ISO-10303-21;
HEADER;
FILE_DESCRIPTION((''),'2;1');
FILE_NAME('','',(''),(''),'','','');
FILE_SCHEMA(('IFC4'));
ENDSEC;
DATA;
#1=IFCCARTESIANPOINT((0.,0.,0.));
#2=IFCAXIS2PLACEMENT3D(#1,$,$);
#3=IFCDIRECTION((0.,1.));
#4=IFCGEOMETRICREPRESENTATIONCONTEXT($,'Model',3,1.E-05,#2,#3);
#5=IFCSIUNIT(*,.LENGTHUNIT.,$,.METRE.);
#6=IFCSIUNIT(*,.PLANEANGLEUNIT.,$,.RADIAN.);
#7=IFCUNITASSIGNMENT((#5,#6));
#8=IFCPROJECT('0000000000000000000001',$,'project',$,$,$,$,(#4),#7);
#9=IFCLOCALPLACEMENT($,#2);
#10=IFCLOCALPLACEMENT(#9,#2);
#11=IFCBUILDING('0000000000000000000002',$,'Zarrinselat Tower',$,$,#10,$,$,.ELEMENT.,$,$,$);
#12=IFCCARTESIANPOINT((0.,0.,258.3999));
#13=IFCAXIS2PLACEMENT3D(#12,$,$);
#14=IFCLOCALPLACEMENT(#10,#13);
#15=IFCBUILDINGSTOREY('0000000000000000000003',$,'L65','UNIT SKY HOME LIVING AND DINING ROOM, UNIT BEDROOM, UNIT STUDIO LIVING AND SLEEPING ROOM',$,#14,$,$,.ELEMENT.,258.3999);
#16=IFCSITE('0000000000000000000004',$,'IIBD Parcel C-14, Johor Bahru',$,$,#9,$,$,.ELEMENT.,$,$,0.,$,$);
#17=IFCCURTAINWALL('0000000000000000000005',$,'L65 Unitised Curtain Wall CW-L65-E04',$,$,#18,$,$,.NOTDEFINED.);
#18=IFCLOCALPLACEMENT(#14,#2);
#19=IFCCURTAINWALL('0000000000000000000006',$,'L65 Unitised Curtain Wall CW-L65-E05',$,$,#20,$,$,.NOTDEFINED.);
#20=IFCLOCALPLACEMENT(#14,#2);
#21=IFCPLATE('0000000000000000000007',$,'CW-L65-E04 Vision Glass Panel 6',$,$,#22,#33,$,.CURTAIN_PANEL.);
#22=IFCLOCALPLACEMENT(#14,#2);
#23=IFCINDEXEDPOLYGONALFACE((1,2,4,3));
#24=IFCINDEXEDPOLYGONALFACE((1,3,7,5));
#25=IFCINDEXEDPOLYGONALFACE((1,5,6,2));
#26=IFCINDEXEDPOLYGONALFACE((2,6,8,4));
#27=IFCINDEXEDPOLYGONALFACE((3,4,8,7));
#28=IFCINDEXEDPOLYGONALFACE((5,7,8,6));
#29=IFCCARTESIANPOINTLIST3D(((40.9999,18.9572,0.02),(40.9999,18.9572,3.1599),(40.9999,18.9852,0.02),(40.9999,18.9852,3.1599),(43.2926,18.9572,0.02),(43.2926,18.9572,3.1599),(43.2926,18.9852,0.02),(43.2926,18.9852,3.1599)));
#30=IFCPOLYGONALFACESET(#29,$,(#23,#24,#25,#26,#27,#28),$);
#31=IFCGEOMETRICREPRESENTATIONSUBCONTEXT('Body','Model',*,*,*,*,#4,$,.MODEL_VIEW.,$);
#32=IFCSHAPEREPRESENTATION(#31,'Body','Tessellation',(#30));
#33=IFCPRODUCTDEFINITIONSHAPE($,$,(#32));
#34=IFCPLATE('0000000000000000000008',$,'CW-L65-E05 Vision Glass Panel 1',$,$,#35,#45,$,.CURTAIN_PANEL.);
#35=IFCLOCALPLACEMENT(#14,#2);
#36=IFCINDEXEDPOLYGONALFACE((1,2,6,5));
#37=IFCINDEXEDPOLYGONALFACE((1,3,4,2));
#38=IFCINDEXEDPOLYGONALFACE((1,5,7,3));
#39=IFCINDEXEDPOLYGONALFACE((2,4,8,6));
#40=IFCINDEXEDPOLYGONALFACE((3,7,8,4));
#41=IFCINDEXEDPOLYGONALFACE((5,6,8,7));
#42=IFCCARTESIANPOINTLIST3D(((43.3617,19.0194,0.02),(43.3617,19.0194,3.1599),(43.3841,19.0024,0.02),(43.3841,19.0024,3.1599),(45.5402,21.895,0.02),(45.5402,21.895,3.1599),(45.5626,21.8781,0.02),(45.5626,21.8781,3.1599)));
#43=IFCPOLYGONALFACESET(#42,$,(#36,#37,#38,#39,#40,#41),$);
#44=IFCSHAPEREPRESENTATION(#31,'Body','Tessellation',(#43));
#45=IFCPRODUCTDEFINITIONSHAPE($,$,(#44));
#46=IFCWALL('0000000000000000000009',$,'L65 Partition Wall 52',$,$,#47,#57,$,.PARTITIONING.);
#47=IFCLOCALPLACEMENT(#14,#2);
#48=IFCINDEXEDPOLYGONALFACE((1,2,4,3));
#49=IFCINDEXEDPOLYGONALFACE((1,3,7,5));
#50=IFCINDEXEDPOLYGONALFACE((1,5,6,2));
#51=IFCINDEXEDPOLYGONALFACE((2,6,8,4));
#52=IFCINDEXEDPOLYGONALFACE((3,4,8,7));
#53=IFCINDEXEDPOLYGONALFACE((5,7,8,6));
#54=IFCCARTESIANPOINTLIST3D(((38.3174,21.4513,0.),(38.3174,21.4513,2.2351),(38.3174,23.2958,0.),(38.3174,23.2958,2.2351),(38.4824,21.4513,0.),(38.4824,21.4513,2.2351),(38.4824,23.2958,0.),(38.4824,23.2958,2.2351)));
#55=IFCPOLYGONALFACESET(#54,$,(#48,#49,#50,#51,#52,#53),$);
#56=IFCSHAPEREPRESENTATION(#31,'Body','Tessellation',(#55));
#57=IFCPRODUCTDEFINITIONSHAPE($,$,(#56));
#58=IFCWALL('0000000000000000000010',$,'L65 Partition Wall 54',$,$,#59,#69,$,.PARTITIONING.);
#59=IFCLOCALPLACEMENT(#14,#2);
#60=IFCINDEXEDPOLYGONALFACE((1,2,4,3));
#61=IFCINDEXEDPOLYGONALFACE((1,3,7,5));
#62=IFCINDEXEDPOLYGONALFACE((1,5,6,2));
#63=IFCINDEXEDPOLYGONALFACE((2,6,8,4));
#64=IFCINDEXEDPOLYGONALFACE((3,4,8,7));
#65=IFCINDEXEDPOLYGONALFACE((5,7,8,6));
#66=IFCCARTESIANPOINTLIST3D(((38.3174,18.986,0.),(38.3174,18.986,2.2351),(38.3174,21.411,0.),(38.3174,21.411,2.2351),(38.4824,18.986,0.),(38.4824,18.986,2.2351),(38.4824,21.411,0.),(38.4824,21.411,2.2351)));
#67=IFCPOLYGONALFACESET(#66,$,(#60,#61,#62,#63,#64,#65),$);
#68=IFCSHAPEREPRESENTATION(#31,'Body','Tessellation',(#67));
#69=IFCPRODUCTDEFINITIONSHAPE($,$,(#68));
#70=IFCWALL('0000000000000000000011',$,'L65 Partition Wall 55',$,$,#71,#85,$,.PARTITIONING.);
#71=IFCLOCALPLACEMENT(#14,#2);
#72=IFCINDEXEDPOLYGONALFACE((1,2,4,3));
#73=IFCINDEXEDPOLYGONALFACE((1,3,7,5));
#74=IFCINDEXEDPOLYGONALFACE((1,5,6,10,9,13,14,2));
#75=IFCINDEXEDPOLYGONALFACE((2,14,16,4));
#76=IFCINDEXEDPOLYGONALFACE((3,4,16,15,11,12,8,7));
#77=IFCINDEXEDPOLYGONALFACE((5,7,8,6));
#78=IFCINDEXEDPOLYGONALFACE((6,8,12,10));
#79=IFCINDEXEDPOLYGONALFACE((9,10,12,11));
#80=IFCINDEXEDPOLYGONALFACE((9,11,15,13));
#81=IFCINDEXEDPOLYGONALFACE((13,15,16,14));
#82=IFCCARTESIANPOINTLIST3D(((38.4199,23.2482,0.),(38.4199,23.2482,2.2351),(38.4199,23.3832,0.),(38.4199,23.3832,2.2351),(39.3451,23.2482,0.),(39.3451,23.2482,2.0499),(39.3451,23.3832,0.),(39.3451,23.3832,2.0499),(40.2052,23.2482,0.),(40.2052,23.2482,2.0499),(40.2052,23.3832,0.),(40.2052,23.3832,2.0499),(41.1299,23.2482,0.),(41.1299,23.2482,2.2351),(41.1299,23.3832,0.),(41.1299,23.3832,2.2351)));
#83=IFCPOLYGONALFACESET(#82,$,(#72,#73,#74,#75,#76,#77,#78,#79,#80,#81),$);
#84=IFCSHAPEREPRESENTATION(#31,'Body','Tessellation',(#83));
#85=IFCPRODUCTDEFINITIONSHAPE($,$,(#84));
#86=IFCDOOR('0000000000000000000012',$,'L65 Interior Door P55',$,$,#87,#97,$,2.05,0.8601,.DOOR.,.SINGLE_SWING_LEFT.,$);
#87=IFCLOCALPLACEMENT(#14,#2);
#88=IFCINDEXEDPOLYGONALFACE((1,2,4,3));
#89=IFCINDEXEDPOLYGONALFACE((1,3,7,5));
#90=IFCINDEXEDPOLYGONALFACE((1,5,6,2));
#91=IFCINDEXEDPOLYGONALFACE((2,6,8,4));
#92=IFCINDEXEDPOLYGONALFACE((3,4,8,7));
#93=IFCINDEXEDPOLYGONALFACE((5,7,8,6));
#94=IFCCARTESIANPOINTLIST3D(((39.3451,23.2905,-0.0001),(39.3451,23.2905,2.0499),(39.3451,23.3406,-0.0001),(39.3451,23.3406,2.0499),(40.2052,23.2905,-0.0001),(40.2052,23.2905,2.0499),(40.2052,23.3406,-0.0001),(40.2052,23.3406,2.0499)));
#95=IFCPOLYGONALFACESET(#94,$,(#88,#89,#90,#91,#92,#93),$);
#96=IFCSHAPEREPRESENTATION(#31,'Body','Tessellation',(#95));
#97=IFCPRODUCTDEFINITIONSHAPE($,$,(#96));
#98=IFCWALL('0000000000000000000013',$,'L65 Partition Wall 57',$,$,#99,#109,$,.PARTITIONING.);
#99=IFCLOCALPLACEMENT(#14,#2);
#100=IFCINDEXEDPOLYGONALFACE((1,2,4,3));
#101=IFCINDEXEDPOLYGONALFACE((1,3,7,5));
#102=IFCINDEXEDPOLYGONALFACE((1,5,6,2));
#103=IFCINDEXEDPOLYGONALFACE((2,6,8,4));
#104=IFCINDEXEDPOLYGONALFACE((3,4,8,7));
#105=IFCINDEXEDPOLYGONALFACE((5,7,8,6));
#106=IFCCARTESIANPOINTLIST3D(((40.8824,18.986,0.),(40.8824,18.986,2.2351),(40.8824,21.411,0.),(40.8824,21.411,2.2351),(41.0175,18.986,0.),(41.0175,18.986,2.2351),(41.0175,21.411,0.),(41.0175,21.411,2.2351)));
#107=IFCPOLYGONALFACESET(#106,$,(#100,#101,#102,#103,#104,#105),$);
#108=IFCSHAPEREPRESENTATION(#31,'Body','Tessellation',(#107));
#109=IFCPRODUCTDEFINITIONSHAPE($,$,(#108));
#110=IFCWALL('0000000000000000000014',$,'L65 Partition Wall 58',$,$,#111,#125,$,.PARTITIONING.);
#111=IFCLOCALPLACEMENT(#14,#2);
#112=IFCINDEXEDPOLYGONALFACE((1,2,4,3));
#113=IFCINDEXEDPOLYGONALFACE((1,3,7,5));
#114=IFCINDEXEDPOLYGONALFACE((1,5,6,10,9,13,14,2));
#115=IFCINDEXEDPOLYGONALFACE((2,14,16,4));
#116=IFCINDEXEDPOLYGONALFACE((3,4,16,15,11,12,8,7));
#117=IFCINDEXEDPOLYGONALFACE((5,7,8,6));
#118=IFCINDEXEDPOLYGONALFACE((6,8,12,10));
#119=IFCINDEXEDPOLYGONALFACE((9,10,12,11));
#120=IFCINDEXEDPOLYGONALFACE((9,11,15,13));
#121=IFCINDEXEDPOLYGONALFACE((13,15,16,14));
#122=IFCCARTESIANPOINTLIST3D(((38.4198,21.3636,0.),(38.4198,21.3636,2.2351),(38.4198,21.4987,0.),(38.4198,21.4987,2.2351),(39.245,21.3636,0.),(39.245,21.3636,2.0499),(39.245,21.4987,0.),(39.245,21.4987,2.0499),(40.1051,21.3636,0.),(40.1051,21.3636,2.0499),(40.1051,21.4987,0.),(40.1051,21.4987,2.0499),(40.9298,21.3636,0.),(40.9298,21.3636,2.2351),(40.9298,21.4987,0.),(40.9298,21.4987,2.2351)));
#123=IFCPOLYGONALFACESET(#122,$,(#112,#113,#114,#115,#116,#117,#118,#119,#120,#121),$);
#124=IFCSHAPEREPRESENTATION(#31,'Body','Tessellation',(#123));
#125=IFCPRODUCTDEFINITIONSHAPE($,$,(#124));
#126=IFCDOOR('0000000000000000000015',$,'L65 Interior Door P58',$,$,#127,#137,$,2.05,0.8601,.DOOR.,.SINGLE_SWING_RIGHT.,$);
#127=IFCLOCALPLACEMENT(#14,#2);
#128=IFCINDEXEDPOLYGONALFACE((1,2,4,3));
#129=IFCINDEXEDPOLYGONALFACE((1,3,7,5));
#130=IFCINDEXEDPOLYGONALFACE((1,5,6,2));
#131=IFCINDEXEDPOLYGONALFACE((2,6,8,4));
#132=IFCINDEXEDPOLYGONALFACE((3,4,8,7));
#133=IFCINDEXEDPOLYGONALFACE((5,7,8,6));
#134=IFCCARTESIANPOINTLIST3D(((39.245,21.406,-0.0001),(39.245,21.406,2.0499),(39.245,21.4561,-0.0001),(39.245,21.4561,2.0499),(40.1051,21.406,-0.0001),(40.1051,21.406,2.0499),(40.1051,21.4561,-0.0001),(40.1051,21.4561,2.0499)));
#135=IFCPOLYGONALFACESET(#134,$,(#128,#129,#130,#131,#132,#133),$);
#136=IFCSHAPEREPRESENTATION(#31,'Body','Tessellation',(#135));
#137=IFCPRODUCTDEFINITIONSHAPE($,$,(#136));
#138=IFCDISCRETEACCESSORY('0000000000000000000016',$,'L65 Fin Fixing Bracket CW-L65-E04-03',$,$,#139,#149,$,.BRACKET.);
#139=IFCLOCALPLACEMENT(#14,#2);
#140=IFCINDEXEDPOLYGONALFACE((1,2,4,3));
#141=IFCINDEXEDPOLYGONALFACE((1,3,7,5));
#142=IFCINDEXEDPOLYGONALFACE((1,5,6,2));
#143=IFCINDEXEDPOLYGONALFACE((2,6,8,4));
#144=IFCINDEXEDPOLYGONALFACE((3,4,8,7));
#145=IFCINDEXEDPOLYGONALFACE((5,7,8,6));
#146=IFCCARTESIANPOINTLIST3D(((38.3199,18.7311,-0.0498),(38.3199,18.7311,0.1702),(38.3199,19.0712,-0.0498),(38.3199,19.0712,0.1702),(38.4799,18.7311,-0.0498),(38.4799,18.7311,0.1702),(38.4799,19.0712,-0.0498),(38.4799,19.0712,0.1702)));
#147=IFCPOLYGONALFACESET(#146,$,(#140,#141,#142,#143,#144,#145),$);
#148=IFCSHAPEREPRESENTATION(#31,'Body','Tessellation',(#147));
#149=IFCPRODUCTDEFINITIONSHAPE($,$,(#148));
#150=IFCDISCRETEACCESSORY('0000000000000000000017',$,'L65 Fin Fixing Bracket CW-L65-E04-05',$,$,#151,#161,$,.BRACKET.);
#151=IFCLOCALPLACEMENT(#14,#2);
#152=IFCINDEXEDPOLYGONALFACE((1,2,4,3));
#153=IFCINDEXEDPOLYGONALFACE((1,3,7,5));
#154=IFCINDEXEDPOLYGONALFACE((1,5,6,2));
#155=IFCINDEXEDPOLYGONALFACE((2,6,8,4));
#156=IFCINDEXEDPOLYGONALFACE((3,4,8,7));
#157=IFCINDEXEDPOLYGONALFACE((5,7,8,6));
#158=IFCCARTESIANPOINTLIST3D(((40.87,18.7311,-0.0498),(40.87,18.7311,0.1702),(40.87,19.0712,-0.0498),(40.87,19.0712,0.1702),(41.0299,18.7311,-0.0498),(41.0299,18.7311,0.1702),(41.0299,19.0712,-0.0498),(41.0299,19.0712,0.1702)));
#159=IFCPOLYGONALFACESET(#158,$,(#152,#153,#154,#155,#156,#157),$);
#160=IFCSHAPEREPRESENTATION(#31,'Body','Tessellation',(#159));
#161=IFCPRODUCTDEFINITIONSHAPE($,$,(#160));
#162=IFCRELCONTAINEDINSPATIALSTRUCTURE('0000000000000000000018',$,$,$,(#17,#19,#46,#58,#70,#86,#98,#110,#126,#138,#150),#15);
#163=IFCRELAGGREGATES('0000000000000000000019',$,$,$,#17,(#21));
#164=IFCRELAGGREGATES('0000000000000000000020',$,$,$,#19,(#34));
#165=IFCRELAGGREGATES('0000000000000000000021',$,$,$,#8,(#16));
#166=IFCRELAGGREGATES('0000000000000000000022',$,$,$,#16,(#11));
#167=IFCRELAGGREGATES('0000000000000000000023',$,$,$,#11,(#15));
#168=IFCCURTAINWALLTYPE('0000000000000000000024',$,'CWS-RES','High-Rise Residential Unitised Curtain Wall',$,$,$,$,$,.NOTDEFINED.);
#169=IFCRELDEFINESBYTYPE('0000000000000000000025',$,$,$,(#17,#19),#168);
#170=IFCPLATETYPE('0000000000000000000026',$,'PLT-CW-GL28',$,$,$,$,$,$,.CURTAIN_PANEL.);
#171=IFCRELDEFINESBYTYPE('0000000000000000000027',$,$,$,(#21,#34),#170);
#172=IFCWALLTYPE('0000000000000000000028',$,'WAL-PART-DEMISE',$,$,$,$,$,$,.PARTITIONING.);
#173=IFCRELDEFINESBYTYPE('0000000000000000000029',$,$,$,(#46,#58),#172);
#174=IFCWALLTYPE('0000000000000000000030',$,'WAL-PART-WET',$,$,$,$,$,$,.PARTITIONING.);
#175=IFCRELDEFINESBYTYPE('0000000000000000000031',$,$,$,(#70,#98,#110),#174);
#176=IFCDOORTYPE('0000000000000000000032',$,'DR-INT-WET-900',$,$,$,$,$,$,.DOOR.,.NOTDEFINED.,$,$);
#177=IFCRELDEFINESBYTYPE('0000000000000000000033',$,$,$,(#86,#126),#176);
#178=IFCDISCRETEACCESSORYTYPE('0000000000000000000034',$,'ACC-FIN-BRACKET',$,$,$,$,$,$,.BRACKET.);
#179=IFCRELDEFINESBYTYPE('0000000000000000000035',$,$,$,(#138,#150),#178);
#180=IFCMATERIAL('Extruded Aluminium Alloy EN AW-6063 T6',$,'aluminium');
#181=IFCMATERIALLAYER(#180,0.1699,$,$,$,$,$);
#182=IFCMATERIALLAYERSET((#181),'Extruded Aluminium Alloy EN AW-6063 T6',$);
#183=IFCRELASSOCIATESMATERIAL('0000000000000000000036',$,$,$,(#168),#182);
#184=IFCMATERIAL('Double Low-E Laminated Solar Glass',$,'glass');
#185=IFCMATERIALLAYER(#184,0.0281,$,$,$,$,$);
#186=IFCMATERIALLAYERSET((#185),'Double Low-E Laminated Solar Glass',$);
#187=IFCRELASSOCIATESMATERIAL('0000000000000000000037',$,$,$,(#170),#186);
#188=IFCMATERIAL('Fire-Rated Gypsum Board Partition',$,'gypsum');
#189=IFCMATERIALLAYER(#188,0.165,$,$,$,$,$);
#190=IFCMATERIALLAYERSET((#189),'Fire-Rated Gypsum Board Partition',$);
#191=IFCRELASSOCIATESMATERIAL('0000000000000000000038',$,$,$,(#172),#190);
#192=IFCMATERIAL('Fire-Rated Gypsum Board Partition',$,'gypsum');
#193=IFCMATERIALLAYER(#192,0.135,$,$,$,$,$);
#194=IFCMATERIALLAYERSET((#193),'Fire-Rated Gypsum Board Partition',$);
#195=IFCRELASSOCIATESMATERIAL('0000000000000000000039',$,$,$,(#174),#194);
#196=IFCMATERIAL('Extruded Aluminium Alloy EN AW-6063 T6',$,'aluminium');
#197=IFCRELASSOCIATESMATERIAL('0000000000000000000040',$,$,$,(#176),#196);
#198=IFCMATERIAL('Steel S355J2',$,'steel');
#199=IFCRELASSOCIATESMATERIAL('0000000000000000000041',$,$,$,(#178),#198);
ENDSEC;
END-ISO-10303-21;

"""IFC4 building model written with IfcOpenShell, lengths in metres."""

from ifc_helpers import new_model, si_unit, direction, frame, frame_2d, origin, origin_2d, place, context, subcontext, project, spatial, rectangle, extrude, material, layer, layer_set, type_object, element, fill, aggregate, save


model = new_model("IFC4")

# Units and contexts
model_context = context("Model", 3, precision=1e-05, world=origin(), true_north=direction((0.0, 1.0)))
body_context = subcontext(model_context, "Body", "Model", "MODEL_VIEW")
ifc_project = project(units=[si_unit("LENGTHUNIT", "METRE"), si_unit("PLANEANGLEUNIT", "RADIAN")], contexts=[model_context])

# Site, building, storey
site_placement = place(None, origin())
site = spatial("IfcSite", under=ifc_project, at=site_placement, Name="IIBD Parcel C-14, Johor Bahru", CompositionType="ELEMENT", RefElevation=0.0)
building_placement = place(site_placement, origin())
building = spatial("IfcBuilding", under=site, at=building_placement, Name="Zarrinselat Tower", CompositionType="ELEMENT")
storey_placement = place(building_placement, frame((0.0, 0.0, 258.3999)))
storey = spatial("IfcBuildingStorey", under=building, at=storey_placement, Name="L65", Description="UNIT SKY HOME LIVING AND DINING ROOM, UNIT BEDROOM, UNIT STUDIO LIVING AND SLEEPING ROOM", CompositionType="ELEMENT", Elevation=258.3999)

# Curtain wall
ifc_material_1 = material(Name="Extruded Aluminium Alloy EN AW-6063 T6", Category="aluminium")
ifc_layer_1 = layer(ifc_material_1, 0.1699)
ifc_layer_set_1 = layer_set([ifc_layer_1], Name="Extruded Aluminium Alloy EN AW-6063 T6")
curtain_wall_type = type_object("IfcCurtainWallType", Name="CWS-RES", Description="High-Rise Residential Unitised Curtain Wall", PredefinedType="NOTDEFINED", material=ifc_layer_set_1)
curtain_wall_1_placement = place(storey_placement, origin())
curtain_wall_1 = element("IfcCurtainWall", 1, at=curtain_wall_1_placement, inside=storey, type_object=curtain_wall_type, Name="L65 Unitised Curtain Wall CW-L65-E04", PredefinedType="NOTDEFINED")

# Curtain wall
curtain_wall_2_placement = place(storey_placement, origin())
curtain_wall_2 = element("IfcCurtainWall", 2, at=curtain_wall_2_placement, inside=storey, type_object=curtain_wall_type, Name="L65 Unitised Curtain Wall CW-L65-E05", PredefinedType="NOTDEFINED")

# Plates
ifc_material_2 = material(Name="Double Low-E Laminated Solar Glass", Category="glass")
ifc_layer_2 = layer(ifc_material_2, 0.0281)
ifc_layer_set_2 = layer_set([ifc_layer_2], Name="Double Low-E Laminated Solar Glass")
plate_type = type_object("IfcPlateType", Name="PLT-CW-GL28", PredefinedType="CURTAIN_PANEL", material=ifc_layer_set_2)
plate_1_placement = place(storey_placement, frame((42.1462, 18.9712, 0.02), z_axis=(0.0, 0.0, 1.0), x_axis=(1.0, 0.0, 0.0)))
plate_1 = element("IfcPlate", 3, at=plate_1_placement, type_object=plate_type, Name="CW-L65-E04 Vision Glass Panel 6", PredefinedType="CURTAIN_PANEL", context=body_context, shape_type="SweptSolid", body=[
    extrude(rectangle(XDim=2.2927, YDim=0.0281, at=origin_2d()), origin(), (0.0, 0.0, 1.0), 3.1399),
])
aggregate(curtain_wall_1, [plate_1])
plate_2_placement = place(storey_placement, frame((44.4622, 20.4487, 0.02), z_axis=(0.0, 0.0, 1.0), x_axis=(0.60386, 0.797091, 0.0)))
plate_2 = element("IfcPlate", 4, at=plate_2_placement, type_object=plate_type, Name="CW-L65-E05 Vision Glass Panel 1", PredefinedType="CURTAIN_PANEL", context=body_context, shape_type="SweptSolid", body=[
    extrude(rectangle(XDim=3.6077, YDim=0.0281, at=origin_2d()), origin(), (0.0, 0.0, 1.0), 3.1399),
])
aggregate(curtain_wall_2, [plate_2])

# Walls
ifc_material_3 = material(Name="Fire-Rated Gypsum Board Partition", Category="gypsum")
ifc_layer_3 = layer(ifc_material_3, 0.165)
ifc_layer_set_3 = layer_set([ifc_layer_3], Name="Fire-Rated Gypsum Board Partition")
wall_type_1 = type_object("IfcWallType", Name="WAL-PART-DEMISE", PredefinedType="PARTITIONING", material=ifc_layer_set_3)
wall_1_placement = place(storey_placement, frame((38.3999, 21.4512, 0.0), z_axis=(0.0, 0.0, 1.0), x_axis=(0.0, 1.0, 0.0)))
element("IfcWall", 5, at=wall_1_placement, inside=storey, type_object=wall_type_1, Name="L65 Partition Wall 52", PredefinedType="PARTITIONING", context=body_context, shape_type="SweptSolid", body=[
    extrude(rectangle(XDim=1.8445, YDim=0.165, at=frame_2d((0.9224, 0.0))), origin(), (0.0, 0.0, 1.0), 2.2351),
])
wall_2_placement = place(storey_placement, frame((38.3999, 18.9861, 0.0), z_axis=(0.0, 0.0, 1.0), x_axis=(0.0, 1.0, 0.0)))
element("IfcWall", 6, at=wall_2_placement, inside=storey, type_object=wall_type_1, Name="L65 Partition Wall 54", PredefinedType="PARTITIONING", context=body_context, shape_type="SweptSolid", body=[
    extrude(rectangle(XDim=2.425, YDim=0.165, at=frame_2d((1.2124, 0.0))), origin(), (0.0, 0.0, 1.0), 2.2351),
])

# Wall, opening, door
ifc_material_4 = material(Name="Fire-Rated Gypsum Board Partition", Category="gypsum")
ifc_layer_4 = layer(ifc_material_4, 0.135)
ifc_layer_set_4 = layer_set([ifc_layer_4], Name="Fire-Rated Gypsum Board Partition")
wall_type_2 = type_object("IfcWallType", Name="WAL-PART-WET", PredefinedType="PARTITIONING", material=ifc_layer_set_4)
wall_3_placement = place(storey_placement, frame((38.4199, 23.3157, 0.0), z_axis=(0.0, 0.0, 1.0), x_axis=(1.0, 0.0, 0.0)))
wall_3 = element("IfcWall", 7, at=wall_3_placement, inside=storey, type_object=wall_type_2, Name="L65 Partition Wall 55", PredefinedType="PARTITIONING", context=body_context, shape_type="SweptSolid", body=[
    extrude(rectangle(XDim=2.71, YDim=0.135, at=frame_2d((1.355, 0.0))), origin(), (0.0, 0.0, 1.0), 2.2351),
])
opening_1_placement = place(wall_3_placement, frame((0.925, 0.0, 0.0)))
opening_1 = element("IfcOpeningElement", 8, at=opening_1_placement, cuts=wall_3, PredefinedType="OPENING", context=body_context, shape_type="SweptSolid", body=[
    extrude(rectangle(XDim=0.8601, YDim=2.05, at=frame_2d((0.4302, 1.0249))), frame((0.0, 0.0774, 0.0), z_axis=(0.0, -1.0, 0.0), x_axis=(1.0, 0.0, 0.0)), (0.0, 0.0, 1.0), 0.155),
])
ifc_material_5 = material(Name="Extruded Aluminium Alloy EN AW-6063 T6", Category="aluminium")
door_type = type_object("IfcDoorType", Name="DR-INT-WET-900", OperationType="NOTDEFINED", PredefinedType="DOOR", material=ifc_material_5)
door_1_placement = place(opening_1_placement, origin())
door_1 = element("IfcDoor", 9, at=door_1_placement, inside=storey, type_object=door_type, Name="L65 Interior Door P55", OperationType="SINGLE_SWING_LEFT", OverallHeight=2.05, OverallWidth=0.8601, PredefinedType="DOOR", context=body_context, shape_type="SweptSolid", body=[
    extrude(rectangle(XDim=0.8601, YDim=2.05, at=frame_2d((0.4302, 1.0249))), frame((0.0, 0.0249, 0.0), z_axis=(0.0, -1.0, 0.0), x_axis=(1.0, 0.0, 0.0)), (0.0, 0.0, 1.0), 0.05),
])
fill(opening_1, door_1)

# Wall
wall_4_placement = place(storey_placement, frame((40.95, 18.9861, 0.0), z_axis=(0.0, 0.0, 1.0), x_axis=(0.0, 1.0, 0.0)))
element("IfcWall", 10, at=wall_4_placement, inside=storey, type_object=wall_type_2, Name="L65 Partition Wall 57", PredefinedType="PARTITIONING", context=body_context, shape_type="SweptSolid", body=[
    extrude(rectangle(XDim=2.425, YDim=0.135, at=frame_2d((1.2124, 0.0))), origin(), (0.0, 0.0, 1.0), 2.2351),
])

# Wall, opening, door
wall_5_placement = place(storey_placement, frame((38.4199, 21.4312, 0.0), z_axis=(0.0, 0.0, 1.0), x_axis=(1.0, 0.0, 0.0)))
wall_5 = element("IfcWall", 11, at=wall_5_placement, inside=storey, type_object=wall_type_2, Name="L65 Partition Wall 58", PredefinedType="PARTITIONING", context=body_context, shape_type="SweptSolid", body=[
    extrude(rectangle(XDim=2.51, YDim=0.135, at=frame_2d((1.2549, 0.0))), origin(), (0.0, 0.0, 1.0), 2.2351),
])
opening_2_placement = place(wall_5_placement, frame((0.825, 0.0, 0.0)))
opening_2 = element("IfcOpeningElement", 12, at=opening_2_placement, cuts=wall_5, PredefinedType="OPENING", context=body_context, shape_type="SweptSolid", body=[
    extrude(rectangle(XDim=0.8601, YDim=2.05, at=frame_2d((0.4302, 1.0249))), frame((0.0, 0.0774, 0.0), z_axis=(0.0, -1.0, 0.0), x_axis=(1.0, 0.0, 0.0)), (0.0, 0.0, 1.0), 0.155),
])
door_2_placement = place(opening_2_placement, origin())
door_2 = element("IfcDoor", 13, at=door_2_placement, inside=storey, type_object=door_type, Name="L65 Interior Door P58", OperationType="SINGLE_SWING_RIGHT", OverallHeight=2.05, OverallWidth=0.8601, PredefinedType="DOOR", context=body_context, shape_type="SweptSolid", body=[
    extrude(rectangle(XDim=0.8601, YDim=2.05, at=frame_2d((0.4302, 1.0249))), frame((0.0, 0.0249, 0.0), z_axis=(0.0, -1.0, 0.0), x_axis=(1.0, 0.0, 0.0)), (0.0, 0.0, 1.0), 0.05),
])
fill(opening_2, door_2)

# Discrete accessories
ifc_material_6 = material(Name="Steel S355J2", Category="steel")
discrete_accessory_type = type_object("IfcDiscreteAccessoryType", Name="ACC-FIN-BRACKET", PredefinedType="BRACKET", material=ifc_material_6)
for number, where, z_axis, x_axis, name in (
    (14, (38.3999, 18.9011, -0.0498), (0.0, 0.0, 1.0), (0.0, -1.0, 0.0), "L65 Fin Fixing Bracket CW-L65-E04-03"),
    (15, (40.95, 18.9011, -0.0498), (0.0, 0.0, 1.0), (0.0, -1.0, 0.0), "L65 Fin Fixing Bracket CW-L65-E04-05"),
):
    element("IfcDiscreteAccessory", number, at=place(storey_placement, frame(where, z_axis=z_axis, x_axis=x_axis)), inside=storey, type_object=discrete_accessory_type, Name=name, PredefinedType="BRACKET", context=body_context, shape_type="SweptSolid", body=[
        extrude(rectangle(XDim=0.3401, YDim=0.1599, at=origin_2d()), origin(), (0.0, 0.0, 1.0), 0.22),
    ])

save(model, "model.ifc")
